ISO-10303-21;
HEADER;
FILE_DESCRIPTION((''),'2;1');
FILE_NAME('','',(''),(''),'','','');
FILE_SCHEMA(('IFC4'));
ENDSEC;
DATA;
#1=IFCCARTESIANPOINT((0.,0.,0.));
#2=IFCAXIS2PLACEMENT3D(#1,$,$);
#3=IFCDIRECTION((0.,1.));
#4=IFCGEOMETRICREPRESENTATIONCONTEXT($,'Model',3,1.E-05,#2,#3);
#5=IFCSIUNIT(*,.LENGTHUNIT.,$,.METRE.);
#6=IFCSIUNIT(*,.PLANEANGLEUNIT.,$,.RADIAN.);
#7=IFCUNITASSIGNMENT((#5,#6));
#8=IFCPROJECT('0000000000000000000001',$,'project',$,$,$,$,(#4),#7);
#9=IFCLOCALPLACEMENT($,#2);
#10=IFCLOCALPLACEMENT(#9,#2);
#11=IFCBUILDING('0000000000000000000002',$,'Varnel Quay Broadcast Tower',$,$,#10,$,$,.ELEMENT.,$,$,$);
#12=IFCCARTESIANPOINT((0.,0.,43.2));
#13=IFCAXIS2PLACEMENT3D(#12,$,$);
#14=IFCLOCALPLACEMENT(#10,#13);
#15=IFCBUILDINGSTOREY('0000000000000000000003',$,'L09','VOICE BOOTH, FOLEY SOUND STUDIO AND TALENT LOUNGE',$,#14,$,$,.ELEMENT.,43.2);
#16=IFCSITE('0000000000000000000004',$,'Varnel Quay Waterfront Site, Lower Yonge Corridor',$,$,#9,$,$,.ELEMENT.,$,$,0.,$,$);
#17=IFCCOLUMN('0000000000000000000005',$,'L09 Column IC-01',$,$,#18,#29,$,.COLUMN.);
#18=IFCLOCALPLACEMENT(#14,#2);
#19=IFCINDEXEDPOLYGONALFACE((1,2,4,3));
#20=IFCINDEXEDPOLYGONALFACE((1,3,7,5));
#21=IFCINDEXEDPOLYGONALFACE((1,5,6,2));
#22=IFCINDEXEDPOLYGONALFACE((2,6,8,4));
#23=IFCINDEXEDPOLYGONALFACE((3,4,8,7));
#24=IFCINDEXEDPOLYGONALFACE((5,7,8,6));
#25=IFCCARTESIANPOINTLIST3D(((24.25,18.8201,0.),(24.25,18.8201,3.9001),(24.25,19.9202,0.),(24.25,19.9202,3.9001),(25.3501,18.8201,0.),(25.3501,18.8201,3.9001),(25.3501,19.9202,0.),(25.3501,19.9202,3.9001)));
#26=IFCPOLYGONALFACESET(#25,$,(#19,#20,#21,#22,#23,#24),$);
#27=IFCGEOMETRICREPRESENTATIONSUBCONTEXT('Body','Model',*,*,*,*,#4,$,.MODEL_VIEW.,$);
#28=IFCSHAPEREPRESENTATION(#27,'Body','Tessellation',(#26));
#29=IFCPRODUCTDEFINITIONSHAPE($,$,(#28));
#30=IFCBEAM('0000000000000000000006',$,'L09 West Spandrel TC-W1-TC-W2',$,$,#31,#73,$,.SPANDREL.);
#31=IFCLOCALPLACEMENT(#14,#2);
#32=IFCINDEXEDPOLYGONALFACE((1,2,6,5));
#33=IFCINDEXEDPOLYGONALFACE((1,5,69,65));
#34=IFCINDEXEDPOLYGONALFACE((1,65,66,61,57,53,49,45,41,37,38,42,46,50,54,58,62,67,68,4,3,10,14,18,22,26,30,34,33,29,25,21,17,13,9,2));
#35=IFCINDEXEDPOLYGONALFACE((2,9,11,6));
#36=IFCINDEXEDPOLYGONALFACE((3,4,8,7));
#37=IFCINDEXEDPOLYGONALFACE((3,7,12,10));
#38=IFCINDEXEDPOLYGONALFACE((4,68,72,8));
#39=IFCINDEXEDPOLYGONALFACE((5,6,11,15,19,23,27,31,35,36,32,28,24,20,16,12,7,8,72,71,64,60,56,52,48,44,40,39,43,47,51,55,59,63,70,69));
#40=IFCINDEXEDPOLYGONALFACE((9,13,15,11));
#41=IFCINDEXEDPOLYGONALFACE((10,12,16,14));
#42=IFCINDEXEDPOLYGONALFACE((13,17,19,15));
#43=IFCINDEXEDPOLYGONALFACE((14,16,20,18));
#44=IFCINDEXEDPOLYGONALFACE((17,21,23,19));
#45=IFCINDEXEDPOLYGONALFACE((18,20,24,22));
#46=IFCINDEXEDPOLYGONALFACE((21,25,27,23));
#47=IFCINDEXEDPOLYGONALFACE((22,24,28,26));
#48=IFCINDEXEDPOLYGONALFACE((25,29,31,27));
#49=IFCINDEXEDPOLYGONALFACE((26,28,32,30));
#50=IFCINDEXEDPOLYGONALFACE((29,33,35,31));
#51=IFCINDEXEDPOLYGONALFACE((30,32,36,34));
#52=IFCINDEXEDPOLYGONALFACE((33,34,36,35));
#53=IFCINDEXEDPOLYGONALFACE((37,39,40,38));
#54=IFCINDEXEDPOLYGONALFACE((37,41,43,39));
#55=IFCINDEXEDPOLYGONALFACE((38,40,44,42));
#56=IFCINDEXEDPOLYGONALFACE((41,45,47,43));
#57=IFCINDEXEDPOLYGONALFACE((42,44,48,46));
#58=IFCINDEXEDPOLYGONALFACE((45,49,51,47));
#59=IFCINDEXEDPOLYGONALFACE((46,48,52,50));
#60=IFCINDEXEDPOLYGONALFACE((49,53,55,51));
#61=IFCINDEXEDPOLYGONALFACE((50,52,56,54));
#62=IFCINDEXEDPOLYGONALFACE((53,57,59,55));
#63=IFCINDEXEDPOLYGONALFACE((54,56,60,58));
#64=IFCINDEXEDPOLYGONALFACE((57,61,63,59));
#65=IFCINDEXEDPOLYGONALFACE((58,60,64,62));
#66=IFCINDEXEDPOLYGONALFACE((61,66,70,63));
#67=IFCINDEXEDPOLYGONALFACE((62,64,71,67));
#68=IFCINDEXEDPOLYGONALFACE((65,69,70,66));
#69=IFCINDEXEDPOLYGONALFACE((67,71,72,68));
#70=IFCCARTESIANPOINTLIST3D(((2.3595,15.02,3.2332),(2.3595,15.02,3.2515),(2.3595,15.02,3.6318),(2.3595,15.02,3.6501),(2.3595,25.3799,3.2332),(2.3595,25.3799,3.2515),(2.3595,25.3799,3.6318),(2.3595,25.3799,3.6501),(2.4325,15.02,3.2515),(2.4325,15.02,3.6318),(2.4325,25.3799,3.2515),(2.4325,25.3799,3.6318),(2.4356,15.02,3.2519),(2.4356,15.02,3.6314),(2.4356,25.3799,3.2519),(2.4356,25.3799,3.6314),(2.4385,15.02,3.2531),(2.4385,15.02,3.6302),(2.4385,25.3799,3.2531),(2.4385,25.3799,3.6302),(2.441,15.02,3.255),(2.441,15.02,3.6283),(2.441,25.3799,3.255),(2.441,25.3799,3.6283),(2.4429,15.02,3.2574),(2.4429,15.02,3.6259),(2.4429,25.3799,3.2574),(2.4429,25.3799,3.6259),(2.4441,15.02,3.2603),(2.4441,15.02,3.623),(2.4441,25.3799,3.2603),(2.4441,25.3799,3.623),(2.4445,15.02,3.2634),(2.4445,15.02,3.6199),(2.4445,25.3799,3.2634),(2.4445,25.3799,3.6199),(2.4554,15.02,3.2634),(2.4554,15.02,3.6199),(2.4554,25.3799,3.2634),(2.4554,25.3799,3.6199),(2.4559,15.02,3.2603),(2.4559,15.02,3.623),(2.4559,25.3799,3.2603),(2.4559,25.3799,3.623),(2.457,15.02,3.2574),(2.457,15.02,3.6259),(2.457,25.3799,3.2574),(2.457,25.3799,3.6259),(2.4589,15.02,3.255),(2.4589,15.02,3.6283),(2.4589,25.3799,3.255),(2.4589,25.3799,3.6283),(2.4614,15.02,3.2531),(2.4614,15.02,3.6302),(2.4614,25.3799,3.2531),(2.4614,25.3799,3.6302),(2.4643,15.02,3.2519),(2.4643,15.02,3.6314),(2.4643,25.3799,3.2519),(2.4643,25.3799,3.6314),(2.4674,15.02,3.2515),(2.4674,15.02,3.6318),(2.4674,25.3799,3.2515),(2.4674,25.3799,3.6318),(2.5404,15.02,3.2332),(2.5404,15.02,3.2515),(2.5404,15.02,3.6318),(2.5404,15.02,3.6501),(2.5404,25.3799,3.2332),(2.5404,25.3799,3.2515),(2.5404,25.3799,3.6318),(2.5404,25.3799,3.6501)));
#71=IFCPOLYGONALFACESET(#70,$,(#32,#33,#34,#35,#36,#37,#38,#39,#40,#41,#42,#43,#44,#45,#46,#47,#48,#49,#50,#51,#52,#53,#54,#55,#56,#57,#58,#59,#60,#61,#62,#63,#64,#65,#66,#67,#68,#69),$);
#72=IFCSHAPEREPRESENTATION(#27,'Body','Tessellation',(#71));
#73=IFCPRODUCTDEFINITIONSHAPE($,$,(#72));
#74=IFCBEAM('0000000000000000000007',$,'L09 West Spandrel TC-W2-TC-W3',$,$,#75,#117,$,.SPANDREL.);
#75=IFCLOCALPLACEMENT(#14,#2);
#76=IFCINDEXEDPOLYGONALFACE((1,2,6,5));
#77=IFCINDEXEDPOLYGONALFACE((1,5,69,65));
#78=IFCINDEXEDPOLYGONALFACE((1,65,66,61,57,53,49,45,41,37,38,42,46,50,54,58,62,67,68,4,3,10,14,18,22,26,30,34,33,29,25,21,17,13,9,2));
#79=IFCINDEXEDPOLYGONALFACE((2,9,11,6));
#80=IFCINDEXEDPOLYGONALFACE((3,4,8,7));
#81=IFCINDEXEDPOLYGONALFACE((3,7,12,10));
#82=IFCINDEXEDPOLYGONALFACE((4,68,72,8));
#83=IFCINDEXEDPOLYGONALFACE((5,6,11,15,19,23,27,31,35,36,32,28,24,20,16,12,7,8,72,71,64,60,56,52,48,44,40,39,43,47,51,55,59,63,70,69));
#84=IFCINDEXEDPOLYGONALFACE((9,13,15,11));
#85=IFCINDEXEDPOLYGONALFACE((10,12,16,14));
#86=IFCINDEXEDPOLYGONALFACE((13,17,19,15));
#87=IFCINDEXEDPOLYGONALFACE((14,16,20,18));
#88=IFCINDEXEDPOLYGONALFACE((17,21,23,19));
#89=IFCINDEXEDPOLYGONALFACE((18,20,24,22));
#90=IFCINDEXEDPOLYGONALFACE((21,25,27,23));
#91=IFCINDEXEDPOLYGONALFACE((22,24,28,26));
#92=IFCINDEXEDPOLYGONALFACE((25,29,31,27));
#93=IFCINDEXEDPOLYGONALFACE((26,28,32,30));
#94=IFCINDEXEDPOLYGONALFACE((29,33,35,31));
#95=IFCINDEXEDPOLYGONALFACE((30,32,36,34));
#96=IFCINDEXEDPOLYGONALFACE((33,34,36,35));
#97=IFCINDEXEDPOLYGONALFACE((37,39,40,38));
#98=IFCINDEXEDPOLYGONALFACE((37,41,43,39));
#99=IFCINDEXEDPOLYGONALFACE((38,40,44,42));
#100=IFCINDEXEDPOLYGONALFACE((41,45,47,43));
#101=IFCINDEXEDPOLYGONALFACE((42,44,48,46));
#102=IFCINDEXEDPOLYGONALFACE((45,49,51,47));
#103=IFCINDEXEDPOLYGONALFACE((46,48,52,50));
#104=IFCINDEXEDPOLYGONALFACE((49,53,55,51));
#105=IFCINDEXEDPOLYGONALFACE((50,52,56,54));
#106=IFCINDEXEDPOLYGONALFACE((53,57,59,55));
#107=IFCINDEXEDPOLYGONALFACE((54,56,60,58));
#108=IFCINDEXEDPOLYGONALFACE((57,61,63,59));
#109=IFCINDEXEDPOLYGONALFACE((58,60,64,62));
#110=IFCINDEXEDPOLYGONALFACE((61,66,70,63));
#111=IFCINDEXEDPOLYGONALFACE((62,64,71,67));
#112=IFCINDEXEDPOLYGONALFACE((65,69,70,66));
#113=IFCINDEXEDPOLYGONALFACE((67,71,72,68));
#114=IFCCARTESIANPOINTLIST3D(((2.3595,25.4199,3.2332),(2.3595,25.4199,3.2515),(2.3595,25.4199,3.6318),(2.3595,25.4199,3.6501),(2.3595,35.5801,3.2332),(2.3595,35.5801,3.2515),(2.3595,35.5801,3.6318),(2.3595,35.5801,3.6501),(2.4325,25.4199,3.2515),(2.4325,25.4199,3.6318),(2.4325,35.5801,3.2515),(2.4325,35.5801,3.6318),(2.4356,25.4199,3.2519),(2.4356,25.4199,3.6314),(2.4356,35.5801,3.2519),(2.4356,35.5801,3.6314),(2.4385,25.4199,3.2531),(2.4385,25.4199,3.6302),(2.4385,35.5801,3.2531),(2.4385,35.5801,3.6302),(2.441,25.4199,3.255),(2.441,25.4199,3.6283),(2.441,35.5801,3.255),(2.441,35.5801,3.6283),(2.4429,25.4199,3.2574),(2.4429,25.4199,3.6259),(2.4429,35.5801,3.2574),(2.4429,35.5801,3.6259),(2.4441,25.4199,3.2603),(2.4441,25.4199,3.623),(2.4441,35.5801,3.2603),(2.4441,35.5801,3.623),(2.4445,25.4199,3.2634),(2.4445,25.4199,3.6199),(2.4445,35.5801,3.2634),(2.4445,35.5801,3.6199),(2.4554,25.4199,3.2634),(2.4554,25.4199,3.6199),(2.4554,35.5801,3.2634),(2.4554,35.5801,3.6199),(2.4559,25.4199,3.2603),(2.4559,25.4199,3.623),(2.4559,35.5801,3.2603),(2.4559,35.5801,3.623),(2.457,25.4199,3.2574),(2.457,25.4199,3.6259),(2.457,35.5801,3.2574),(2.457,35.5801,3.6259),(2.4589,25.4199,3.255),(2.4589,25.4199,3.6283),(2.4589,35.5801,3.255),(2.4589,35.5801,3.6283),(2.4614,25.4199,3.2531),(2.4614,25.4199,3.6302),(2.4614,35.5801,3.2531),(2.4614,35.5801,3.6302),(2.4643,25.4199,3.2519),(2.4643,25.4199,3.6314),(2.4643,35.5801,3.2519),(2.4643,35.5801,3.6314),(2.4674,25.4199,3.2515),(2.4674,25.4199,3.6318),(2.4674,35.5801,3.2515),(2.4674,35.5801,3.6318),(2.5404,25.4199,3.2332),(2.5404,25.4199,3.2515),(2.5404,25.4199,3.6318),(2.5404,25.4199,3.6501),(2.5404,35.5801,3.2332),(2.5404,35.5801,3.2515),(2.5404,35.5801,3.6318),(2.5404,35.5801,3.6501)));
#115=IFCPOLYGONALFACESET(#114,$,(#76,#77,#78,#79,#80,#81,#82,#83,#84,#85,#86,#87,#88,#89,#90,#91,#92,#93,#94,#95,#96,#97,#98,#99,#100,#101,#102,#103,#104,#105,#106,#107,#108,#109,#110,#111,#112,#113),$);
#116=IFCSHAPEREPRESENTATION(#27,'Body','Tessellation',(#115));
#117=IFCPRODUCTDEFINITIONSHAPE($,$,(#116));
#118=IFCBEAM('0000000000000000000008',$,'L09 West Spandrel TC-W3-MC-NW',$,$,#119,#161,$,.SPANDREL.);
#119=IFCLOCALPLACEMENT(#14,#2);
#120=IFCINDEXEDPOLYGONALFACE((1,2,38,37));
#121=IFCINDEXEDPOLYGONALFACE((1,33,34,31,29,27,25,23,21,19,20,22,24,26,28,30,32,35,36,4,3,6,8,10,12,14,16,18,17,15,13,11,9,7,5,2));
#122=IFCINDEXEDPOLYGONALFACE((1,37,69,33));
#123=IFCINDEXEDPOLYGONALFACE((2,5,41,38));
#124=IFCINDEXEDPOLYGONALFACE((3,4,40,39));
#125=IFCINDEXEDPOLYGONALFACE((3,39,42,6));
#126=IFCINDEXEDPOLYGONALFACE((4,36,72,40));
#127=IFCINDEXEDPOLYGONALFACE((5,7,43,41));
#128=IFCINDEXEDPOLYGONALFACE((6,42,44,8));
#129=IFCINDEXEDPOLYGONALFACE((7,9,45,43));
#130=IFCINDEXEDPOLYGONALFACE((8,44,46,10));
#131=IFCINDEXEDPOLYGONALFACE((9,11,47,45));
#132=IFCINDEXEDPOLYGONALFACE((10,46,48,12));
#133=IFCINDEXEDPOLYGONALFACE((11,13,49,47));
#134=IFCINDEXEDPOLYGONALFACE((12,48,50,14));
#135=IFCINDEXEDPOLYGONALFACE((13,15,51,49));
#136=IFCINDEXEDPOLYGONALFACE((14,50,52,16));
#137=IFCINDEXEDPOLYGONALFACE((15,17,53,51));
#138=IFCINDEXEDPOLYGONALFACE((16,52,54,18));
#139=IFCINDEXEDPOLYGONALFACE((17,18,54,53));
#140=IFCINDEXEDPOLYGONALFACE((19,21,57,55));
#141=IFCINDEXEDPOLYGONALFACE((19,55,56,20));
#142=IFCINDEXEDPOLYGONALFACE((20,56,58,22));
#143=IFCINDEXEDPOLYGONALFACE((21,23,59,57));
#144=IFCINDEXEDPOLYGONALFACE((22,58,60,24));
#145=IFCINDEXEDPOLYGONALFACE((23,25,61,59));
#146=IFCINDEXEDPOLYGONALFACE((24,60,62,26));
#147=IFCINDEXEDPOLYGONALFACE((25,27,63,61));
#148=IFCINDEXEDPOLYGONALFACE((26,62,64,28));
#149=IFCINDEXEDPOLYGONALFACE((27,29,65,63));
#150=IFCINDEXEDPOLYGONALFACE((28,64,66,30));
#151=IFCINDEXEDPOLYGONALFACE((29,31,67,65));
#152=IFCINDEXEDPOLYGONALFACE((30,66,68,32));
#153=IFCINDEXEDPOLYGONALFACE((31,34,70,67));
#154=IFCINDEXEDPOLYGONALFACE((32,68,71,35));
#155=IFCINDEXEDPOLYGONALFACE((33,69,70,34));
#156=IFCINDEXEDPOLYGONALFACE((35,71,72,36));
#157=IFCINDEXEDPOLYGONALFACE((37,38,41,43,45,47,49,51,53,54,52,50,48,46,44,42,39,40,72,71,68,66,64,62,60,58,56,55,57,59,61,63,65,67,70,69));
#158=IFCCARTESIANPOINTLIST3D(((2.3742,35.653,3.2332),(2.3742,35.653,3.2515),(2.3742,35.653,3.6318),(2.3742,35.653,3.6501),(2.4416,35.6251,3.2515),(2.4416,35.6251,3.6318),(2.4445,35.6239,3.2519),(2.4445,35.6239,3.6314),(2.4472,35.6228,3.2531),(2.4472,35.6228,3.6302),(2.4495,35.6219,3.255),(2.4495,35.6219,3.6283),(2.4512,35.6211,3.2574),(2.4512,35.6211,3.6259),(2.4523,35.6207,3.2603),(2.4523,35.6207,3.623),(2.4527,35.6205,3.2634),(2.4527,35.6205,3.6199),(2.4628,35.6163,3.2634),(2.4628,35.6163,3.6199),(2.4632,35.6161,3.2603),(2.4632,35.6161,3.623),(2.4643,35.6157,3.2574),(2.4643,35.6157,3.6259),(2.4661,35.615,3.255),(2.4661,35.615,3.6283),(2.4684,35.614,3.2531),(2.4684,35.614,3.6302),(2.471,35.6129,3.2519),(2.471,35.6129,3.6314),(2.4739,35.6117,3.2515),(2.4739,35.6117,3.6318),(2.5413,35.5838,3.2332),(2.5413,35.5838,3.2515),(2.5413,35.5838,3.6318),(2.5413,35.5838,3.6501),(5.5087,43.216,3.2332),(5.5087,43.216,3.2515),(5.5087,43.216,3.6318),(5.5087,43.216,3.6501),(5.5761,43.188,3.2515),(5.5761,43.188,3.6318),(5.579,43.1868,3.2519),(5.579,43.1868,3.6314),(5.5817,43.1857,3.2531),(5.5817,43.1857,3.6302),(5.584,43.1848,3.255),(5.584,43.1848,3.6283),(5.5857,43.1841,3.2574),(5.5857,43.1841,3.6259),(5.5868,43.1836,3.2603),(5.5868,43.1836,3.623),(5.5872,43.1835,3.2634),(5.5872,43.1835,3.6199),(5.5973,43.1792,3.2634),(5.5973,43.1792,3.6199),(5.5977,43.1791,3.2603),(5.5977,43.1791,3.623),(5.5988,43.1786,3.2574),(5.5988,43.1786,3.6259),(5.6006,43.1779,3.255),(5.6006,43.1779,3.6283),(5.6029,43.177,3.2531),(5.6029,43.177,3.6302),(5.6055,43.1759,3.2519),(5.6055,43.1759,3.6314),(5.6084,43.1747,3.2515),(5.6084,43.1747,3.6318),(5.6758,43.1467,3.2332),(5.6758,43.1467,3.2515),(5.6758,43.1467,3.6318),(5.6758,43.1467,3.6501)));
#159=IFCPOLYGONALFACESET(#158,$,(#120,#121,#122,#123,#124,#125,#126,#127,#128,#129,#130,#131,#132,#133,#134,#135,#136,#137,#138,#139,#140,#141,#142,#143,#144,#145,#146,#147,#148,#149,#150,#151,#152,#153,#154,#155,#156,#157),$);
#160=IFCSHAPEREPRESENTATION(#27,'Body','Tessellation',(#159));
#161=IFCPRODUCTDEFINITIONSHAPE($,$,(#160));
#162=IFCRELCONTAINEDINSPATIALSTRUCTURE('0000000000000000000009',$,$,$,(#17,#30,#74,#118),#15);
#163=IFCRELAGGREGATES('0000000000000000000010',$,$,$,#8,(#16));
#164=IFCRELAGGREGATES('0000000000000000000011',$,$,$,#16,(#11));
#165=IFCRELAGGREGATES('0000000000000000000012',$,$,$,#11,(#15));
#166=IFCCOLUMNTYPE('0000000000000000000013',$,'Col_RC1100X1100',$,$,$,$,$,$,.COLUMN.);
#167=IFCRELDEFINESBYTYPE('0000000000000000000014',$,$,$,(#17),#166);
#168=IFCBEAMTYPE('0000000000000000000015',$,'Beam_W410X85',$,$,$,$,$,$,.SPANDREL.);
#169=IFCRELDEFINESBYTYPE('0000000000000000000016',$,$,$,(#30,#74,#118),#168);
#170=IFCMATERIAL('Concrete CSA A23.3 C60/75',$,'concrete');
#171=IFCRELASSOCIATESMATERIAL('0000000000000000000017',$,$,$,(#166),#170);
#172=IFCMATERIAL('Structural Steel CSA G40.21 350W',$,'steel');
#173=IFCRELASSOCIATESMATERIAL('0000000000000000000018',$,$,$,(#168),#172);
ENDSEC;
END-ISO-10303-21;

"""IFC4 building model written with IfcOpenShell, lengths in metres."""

from ifc_helpers import new_model, si_unit, direction, frame, origin, origin_2d, place, context, subcontext, project, spatial, rectangle, i_section, extrude, source, transform, mapped, material, material_profile, profile_set, type_object, type_shapes, element, save


model = new_model("IFC4")

# Units and contexts
model_context = context("Model", 3, precision=1e-05, world=origin(), true_north=direction((0.0, 1.0)))
body_context = subcontext(model_context, "Body", "Model", "MODEL_VIEW")
ifc_project = project(units=[si_unit("LENGTHUNIT", "METRE"), si_unit("PLANEANGLEUNIT", "RADIAN")], contexts=[model_context])

# Site, building, storey
site_placement = place(None, origin())
site = spatial("IfcSite", under=ifc_project, at=site_placement, Name="Varnel Quay Waterfront Site, Lower Yonge Corridor", CompositionType="ELEMENT", RefElevation=0.0)
building_placement = place(site_placement, origin())
building = spatial("IfcBuilding", under=site, at=building_placement, Name="Varnel Quay Broadcast Tower", CompositionType="ELEMENT")
storey_placement = place(building_placement, frame((0.0, 0.0, 43.2)))
storey = spatial("IfcBuildingStorey", under=building, at=storey_placement, Name="L09", Description="VOICE BOOTH, FOLEY SOUND STUDIO AND TALENT LOUNGE", CompositionType="ELEMENT", Elevation=43.2)

# Column
ifc_material_1 = material(Name="Structural Steel CSA G40.21 350W", Category="steel")
ifc_material_2 = material(Name="Concrete CSA A23.3 C60/75", Category="concrete")
ifc_material_profile_1 = material_profile(ifc_material_2, rectangle(XDim=1.1001, YDim=1.1001, at=origin_2d()), Name="RC1100X1100")
ifc_profile_set_1 = profile_set([ifc_material_profile_1], Name="Concrete CSA A23.3 C60/75")
column_type_1 = type_object("IfcColumnType", Name="Col_RC1100X1100", PredefinedType="COLUMN", material=ifc_profile_set_1)
shared_shape_1 = source(origin(), body_context, "Body", "SweptSolid", [
    extrude(rectangle(XDim=1.1001, YDim=1.1001, at=origin_2d()), origin(), (0.0, 0.0, 1.0), 3.9001),
])
type_shapes(column_type_1, [shared_shape_1])
column_placement = place(storey_placement, frame((24.8, 19.3701, 0.0), z_axis=(0.0, 0.0, 1.0), x_axis=(1.0, 0.0, 0.0)))
element("IfcColumn", 1, at=column_placement, inside=storey, type_object=column_type_1, Name="L09 Column IC-01", PredefinedType="COLUMN", context=body_context, shape_type="MappedRepresentation", body=[
    mapped(shared_shape_1, transform((0.0, 0.0, 0.0), x_axis=(1.0, 0.0, 0.0), y_axis=(0.0, 1.0, 0.0), z_axis=(0.0, 0.0, 1.0), scale=1.0)),
])

# Beams
ifc_material_profile_2 = material_profile(ifc_material_1, i_section(OverallWidth=0.1809, OverallDepth=0.417, WebThickness=0.011, FlangeThickness=0.0183, FilletRadius=0.012, at=origin_2d()), Name="W410X85")
ifc_profile_set_2 = profile_set([ifc_material_profile_2], Name="Structural Steel CSA G40.21 350W")
beam_type_1 = type_object("IfcBeamType", Name="Beam_W410X85", PredefinedType="SPANDREL", material=ifc_profile_set_2)
shared_shape_2 = source(origin(), body_context, "Body", "SweptSolid", [
    extrude(i_section(OverallWidth=0.1809, OverallDepth=0.417, WebThickness=0.011, FlangeThickness=0.0183, FilletRadius=0.012, at=origin_2d()), origin(), (0.0, 0.0, 1.0), 10.3599),
])
beam_1_placement = place(storey_placement, frame((2.45, 15.02, 3.4417), z_axis=(0.0, 1.0, 0.0), x_axis=(-1.0, 0.0, 0.0)))
element("IfcBeam", 2, at=beam_1_placement, inside=storey, type_object=beam_type_1, Name="L09 West Spandrel TC-W1-TC-W2", PredefinedType="SPANDREL", context=body_context, shape_type="MappedRepresentation", body=[
    mapped(shared_shape_2, transform((0.0, 0.0, 0.0), x_axis=(1.0, 0.0, 0.0), y_axis=(0.0, 1.0, 0.0), z_axis=(0.0, 0.0, 1.0), scale=1.0)),
])
shared_shape_3 = source(origin(), body_context, "Body", "SweptSolid", [
    extrude(i_section(OverallWidth=0.1809, OverallDepth=0.417, WebThickness=0.011, FlangeThickness=0.0183, FilletRadius=0.012, at=origin_2d()), origin(), (0.0, 0.0, 1.0), 10.1602),
])
beam_2_placement = place(storey_placement, frame((2.45, 25.4199, 3.4417), z_axis=(0.0, 1.0, 0.0), x_axis=(-1.0, 0.0, 0.0)))
element("IfcBeam", 3, at=beam_2_placement, inside=storey, type_object=beam_type_1, Name="L09 West Spandrel TC-W2-TC-W3", PredefinedType="SPANDREL", context=body_context, shape_type="MappedRepresentation", body=[
    mapped(shared_shape_3, transform((0.0, 0.0, 0.0), x_axis=(1.0, 0.0, 0.0), y_axis=(0.0, 1.0, 0.0), z_axis=(0.0, 0.0, 1.0), scale=1.0)),
])
shared_shape_4 = source(origin(), body_context, "Body", "SweptSolid", [
    extrude(i_section(OverallWidth=0.1809, OverallDepth=0.417, WebThickness=0.011, FlangeThickness=0.0183, FilletRadius=0.012, at=origin_2d()), origin(), (0.0, 0.0, 1.0), 8.1868),
])
type_shapes(beam_type_1, [shared_shape_2, shared_shape_3, shared_shape_4])
beam_3_placement = place(storey_placement, frame((2.4578, 35.6184, 3.4417), z_axis=(0.382874, 0.923801, 0.0), x_axis=(-0.923801, 0.382874, 0.0)))
element("IfcBeam", 4, at=beam_3_placement, inside=storey, type_object=beam_type_1, Name="L09 West Spandrel TC-W3-MC-NW", PredefinedType="SPANDREL", context=body_context, shape_type="MappedRepresentation", body=[
    mapped(shared_shape_4, transform((0.0, 0.0, 0.0), x_axis=(1.0, 0.0, 0.0), y_axis=(0.0, 1.0, 0.0), z_axis=(0.0, 0.0, 1.0), scale=1.0)),
])

save(model, "model.ifc")
